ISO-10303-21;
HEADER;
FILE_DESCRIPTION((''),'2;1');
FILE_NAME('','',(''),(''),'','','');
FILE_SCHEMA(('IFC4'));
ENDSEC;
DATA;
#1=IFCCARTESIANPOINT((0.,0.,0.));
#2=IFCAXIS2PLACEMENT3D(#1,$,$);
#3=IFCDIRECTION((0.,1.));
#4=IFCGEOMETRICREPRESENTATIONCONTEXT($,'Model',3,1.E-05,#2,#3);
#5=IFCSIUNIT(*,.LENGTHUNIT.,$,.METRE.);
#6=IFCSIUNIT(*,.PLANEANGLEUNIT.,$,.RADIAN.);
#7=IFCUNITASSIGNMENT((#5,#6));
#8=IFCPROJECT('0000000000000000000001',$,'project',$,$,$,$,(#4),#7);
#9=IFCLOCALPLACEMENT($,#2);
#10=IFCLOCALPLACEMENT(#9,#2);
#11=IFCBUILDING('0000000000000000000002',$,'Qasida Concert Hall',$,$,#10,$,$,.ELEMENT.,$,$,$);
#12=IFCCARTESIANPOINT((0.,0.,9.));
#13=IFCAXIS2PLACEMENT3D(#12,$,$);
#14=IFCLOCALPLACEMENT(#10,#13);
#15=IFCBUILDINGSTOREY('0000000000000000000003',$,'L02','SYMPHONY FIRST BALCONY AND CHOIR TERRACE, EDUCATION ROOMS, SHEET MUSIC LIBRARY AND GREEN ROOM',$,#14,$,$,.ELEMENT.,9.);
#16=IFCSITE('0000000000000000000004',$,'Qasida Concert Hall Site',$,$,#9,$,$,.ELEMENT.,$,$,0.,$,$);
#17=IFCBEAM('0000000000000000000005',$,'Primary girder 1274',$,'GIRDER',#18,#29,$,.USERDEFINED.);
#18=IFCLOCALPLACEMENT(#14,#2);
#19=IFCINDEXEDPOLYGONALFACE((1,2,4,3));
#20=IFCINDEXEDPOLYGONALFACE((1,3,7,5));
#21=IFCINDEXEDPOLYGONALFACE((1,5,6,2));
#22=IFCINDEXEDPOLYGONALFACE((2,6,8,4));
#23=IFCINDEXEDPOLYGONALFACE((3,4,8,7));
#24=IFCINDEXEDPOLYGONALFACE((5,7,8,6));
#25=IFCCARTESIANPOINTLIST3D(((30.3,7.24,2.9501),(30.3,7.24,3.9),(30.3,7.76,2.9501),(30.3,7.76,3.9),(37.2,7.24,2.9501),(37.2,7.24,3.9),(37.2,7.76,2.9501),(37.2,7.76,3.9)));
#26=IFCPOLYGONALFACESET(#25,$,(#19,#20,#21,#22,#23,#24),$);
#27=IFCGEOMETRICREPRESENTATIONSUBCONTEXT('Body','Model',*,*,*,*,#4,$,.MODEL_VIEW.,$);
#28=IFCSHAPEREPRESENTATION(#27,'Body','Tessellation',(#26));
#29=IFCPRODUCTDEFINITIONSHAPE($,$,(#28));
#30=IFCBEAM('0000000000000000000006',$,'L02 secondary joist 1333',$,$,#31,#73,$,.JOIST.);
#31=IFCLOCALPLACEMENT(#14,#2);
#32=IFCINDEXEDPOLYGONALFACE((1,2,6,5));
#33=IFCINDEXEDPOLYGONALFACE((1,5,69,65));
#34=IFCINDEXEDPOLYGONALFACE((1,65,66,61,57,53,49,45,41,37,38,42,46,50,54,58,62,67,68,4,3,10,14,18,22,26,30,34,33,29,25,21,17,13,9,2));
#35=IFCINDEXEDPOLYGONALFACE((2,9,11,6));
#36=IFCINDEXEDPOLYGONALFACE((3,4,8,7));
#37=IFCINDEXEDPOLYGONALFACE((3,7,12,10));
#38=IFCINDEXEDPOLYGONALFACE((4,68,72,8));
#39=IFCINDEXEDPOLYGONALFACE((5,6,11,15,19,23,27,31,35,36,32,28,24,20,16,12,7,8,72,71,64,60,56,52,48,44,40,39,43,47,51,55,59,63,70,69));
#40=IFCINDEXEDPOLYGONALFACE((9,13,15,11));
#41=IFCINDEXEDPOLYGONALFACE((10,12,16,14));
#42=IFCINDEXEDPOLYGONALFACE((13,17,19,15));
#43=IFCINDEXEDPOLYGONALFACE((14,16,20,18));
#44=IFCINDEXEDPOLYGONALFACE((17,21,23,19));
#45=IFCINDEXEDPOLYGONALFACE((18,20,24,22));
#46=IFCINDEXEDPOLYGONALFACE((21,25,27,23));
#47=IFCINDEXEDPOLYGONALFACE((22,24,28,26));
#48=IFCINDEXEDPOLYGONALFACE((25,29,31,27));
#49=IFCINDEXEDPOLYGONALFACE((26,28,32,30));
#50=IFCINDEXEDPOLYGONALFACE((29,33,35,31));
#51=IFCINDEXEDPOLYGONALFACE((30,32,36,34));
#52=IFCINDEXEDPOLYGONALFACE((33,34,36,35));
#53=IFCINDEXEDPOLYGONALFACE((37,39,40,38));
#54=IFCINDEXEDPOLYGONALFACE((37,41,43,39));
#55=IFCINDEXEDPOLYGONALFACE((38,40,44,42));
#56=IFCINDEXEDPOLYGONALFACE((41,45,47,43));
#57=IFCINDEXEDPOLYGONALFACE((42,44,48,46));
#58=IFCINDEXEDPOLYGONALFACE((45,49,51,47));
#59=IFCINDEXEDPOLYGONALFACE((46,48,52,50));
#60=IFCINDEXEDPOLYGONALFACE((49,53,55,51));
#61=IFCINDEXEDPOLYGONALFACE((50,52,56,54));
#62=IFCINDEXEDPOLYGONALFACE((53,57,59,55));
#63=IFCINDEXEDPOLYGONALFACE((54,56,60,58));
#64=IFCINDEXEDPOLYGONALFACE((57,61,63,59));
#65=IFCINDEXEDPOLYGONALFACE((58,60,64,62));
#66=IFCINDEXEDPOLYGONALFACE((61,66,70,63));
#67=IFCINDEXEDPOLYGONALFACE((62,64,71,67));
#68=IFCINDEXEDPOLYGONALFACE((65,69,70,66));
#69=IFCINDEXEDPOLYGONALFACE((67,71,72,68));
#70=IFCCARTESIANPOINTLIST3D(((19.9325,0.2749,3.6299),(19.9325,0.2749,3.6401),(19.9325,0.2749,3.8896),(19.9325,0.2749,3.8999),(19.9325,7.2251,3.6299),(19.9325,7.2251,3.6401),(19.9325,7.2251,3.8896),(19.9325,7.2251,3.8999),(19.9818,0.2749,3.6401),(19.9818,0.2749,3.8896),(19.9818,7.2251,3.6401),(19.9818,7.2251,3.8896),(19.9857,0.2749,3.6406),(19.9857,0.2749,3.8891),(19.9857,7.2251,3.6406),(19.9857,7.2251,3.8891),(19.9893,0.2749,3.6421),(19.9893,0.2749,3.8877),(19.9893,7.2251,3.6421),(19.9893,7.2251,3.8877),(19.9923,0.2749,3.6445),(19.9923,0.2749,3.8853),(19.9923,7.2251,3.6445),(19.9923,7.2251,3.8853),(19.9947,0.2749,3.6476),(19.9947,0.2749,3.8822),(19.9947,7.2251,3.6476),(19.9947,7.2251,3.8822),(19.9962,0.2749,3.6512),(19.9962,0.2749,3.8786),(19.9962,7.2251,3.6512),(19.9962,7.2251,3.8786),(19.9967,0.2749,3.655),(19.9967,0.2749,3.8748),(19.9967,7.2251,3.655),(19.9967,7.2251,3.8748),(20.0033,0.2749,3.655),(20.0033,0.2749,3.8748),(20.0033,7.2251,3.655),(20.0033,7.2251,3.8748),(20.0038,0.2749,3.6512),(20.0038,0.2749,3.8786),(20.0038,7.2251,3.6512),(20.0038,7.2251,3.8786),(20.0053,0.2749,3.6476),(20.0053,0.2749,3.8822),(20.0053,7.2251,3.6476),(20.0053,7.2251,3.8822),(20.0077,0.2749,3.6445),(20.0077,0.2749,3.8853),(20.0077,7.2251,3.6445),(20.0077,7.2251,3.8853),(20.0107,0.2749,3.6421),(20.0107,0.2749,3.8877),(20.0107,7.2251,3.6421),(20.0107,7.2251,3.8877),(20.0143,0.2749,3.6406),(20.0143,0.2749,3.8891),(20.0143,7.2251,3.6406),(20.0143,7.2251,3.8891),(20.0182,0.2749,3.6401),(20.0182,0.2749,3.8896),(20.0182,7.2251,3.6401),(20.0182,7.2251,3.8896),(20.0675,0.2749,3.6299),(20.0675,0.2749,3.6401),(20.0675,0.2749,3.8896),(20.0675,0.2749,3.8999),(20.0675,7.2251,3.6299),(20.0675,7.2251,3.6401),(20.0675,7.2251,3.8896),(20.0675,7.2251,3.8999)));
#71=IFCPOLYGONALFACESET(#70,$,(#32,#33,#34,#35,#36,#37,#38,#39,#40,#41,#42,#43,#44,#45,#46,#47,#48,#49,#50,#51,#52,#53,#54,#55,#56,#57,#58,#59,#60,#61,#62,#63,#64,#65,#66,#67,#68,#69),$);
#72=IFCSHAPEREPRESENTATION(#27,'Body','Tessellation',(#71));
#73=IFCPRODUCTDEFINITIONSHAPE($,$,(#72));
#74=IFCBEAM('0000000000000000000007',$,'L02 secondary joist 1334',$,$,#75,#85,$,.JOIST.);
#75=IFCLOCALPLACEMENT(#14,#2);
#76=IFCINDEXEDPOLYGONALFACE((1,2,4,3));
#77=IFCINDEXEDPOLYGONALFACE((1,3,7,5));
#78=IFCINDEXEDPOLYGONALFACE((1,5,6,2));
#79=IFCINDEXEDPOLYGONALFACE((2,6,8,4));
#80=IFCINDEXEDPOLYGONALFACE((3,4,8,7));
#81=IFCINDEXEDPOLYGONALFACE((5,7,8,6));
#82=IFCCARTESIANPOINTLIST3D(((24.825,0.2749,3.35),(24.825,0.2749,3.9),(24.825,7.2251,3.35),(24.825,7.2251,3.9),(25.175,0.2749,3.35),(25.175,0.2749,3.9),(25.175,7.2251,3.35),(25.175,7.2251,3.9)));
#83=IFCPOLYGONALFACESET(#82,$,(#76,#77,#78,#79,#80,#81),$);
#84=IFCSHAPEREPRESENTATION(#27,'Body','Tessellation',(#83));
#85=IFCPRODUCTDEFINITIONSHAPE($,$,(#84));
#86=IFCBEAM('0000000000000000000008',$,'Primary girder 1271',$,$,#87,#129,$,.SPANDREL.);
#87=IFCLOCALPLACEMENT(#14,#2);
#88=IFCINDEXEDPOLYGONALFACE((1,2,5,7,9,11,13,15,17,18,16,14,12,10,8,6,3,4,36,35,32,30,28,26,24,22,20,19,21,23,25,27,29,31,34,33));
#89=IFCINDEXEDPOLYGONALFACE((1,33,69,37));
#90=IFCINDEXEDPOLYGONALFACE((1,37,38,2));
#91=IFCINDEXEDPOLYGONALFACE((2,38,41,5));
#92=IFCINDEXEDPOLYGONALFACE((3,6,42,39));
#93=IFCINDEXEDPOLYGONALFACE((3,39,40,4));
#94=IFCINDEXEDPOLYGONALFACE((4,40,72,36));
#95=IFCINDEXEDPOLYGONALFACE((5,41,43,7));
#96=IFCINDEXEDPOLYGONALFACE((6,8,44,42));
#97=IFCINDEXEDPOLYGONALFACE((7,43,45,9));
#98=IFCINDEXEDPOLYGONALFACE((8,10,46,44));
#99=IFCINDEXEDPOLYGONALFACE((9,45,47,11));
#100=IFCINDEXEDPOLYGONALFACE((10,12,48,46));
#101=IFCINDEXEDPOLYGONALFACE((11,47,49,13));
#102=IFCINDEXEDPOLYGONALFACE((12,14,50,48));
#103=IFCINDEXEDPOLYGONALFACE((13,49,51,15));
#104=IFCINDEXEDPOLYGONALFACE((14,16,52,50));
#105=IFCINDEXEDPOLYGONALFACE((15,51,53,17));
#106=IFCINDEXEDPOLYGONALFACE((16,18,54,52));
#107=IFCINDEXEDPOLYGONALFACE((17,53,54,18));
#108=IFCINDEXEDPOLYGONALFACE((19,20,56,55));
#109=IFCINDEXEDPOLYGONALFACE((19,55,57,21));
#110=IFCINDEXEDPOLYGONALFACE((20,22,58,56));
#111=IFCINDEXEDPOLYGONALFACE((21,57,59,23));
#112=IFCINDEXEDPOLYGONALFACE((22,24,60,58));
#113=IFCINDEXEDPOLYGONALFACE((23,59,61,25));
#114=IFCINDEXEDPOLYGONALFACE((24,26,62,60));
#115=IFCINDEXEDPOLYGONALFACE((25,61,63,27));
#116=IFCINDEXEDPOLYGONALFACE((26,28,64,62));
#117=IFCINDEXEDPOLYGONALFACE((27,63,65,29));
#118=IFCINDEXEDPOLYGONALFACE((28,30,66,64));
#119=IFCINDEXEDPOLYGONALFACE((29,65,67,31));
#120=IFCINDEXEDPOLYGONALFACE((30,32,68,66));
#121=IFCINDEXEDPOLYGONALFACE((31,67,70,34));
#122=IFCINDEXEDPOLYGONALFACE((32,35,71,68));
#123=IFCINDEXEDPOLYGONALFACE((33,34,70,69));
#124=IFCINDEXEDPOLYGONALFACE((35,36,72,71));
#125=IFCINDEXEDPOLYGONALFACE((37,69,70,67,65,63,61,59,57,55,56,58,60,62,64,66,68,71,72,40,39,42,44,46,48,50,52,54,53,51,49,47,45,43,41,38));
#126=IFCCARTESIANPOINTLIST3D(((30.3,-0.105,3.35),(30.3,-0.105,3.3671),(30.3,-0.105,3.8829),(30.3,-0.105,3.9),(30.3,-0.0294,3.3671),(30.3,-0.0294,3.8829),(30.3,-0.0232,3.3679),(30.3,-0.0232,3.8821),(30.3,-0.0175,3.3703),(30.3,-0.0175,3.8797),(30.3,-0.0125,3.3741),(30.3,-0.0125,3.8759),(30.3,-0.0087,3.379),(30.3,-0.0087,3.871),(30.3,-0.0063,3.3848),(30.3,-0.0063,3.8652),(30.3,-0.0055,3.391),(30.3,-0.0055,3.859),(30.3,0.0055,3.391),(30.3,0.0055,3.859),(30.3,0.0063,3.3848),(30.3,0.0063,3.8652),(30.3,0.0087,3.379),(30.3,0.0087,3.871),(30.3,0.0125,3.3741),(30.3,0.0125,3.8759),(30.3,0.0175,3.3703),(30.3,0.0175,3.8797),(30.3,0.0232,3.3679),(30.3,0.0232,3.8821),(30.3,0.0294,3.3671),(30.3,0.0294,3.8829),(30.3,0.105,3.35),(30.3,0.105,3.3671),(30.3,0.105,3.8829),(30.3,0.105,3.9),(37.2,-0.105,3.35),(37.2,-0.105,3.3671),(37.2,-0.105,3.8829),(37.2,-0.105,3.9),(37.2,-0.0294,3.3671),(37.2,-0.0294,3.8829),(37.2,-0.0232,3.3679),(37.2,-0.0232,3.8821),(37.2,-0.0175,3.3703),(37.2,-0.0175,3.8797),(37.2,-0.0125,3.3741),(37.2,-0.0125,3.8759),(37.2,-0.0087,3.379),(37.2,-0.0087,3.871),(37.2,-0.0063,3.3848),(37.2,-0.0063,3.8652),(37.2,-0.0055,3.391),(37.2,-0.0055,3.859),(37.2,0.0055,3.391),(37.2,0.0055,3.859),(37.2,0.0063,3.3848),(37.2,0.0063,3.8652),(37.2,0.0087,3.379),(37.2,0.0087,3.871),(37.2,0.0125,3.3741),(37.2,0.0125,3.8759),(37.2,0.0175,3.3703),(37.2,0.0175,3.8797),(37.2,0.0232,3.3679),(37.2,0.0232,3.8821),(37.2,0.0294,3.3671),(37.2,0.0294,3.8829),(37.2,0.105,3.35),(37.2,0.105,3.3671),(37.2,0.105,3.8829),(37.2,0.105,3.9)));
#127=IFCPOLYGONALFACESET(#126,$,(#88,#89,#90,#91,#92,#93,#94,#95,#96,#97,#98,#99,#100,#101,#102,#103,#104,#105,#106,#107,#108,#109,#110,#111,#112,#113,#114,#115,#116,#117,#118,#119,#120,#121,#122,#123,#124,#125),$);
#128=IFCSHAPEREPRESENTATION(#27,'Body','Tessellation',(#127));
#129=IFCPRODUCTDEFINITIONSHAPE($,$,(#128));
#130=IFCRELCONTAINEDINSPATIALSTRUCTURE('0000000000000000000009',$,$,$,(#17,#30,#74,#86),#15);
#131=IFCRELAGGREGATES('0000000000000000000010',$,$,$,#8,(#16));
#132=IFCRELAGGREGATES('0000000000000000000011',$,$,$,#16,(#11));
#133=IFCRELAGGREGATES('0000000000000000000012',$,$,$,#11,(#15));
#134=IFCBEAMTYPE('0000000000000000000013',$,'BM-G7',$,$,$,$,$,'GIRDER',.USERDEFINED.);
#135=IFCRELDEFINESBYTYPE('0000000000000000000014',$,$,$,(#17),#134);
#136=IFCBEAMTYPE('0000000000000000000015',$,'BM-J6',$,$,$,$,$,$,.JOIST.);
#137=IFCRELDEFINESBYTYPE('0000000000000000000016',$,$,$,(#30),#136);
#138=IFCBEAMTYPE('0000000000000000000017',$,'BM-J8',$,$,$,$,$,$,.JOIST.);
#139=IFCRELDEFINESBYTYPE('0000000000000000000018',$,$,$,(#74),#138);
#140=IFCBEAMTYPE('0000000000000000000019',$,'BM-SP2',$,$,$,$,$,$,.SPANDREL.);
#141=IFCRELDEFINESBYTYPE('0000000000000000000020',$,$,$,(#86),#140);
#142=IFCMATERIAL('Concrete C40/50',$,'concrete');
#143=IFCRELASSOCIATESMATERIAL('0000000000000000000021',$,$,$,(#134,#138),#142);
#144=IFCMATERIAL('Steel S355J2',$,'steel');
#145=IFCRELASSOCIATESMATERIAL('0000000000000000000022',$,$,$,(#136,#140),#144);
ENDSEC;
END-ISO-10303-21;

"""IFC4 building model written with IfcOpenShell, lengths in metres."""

from ifc_helpers import new_model, si_unit, direction, frame, origin, origin_2d, place, context, subcontext, project, spatial, rectangle, i_section, extrude, material, material_profile, profile_set, type_object, element, save


model = new_model("IFC4")

# Units and contexts
model_context = context("Model", 3, precision=1e-05, world=origin(), true_north=direction((0.0, 1.0)))
body_context = subcontext(model_context, "Body", "Model", "MODEL_VIEW")
ifc_project = project(units=[si_unit("LENGTHUNIT", "METRE"), si_unit("PLANEANGLEUNIT", "RADIAN")], contexts=[model_context])

# Site, building, storey
site_placement = place(None, origin())
site = spatial("IfcSite", under=ifc_project, at=site_placement, Name="Qasida Concert Hall Site", CompositionType="ELEMENT", RefElevation=0.0)
building_placement = place(site_placement, origin())
building = spatial("IfcBuilding", under=site, at=building_placement, Name="Qasida Concert Hall", CompositionType="ELEMENT")
storey_placement = place(building_placement, frame((0.0, 0.0, 9.0)))
storey = spatial("IfcBuildingStorey", under=building, at=storey_placement, Name="L02", Description="SYMPHONY FIRST BALCONY AND CHOIR TERRACE, EDUCATION ROOMS, SHEET MUSIC LIBRARY AND GREEN ROOM", CompositionType="ELEMENT", Elevation=9.0)

# Beams
ifc_material_1 = material(Name="Concrete C40/50", Category="concrete")
ifc_material_2 = material(Name="Steel S355J2", Category="steel")
ifc_material_profile_1 = material_profile(ifc_material_1, rectangle(XDim=0.52, YDim=0.95, at=origin_2d()), Name="RC 520x950")
ifc_profile_set_1 = profile_set([ifc_material_profile_1], Name="Concrete C40/50")
beam_type_1 = type_object("IfcBeamType", Name="BM-G7", ElementType="GIRDER", PredefinedType="USERDEFINED", material=ifc_profile_set_1)
beam_1_placement = place(storey_placement, frame((30.3, 7.5, 3.425), z_axis=(1.0, 0.0, 0.0), x_axis=(0.0, 1.0, 0.0)))
element("IfcBeam", 1, at=beam_1_placement, inside=storey, type_object=beam_type_1, Name="Primary girder 1274", ObjectType="GIRDER", PredefinedType="USERDEFINED", context=body_context, shape_type="SweptSolid", body=[
    extrude(rectangle(XDim=0.52, YDim=0.95, at=origin_2d()), origin(), (0.0, 0.0, 1.0), 6.8999),
])
ifc_material_profile_2 = material_profile(ifc_material_2, i_section(OverallWidth=0.135, OverallDepth=0.27, WebThickness=0.0066, FlangeThickness=0.0103, FilletRadius=0.0149, at=origin_2d()), Name="IPE 270")
ifc_profile_set_2 = profile_set([ifc_material_profile_2], Name="Steel S355J2")
beam_type_2 = type_object("IfcBeamType", Name="BM-J6", PredefinedType="JOIST", material=ifc_profile_set_2)
beam_2_placement = place(storey_placement, frame((20.0, 0.2749, 3.7649), z_axis=(0.0, 1.0, 0.0), x_axis=(-1.0, 0.0, 0.0)))
element("IfcBeam", 2, at=beam_2_placement, inside=storey, type_object=beam_type_2, Name="L02 secondary joist 1333", PredefinedType="JOIST", context=body_context, shape_type="SweptSolid", body=[
    extrude(i_section(OverallWidth=0.135, OverallDepth=0.27, WebThickness=0.0066, FlangeThickness=0.0103, FilletRadius=0.0149, at=origin_2d()), origin(), (0.0, 0.0, 1.0), 6.9502),
])
ifc_material_profile_3 = material_profile(ifc_material_1, rectangle(XDim=0.3501, YDim=0.55, at=origin_2d()), Name="RC 350x550")
ifc_profile_set_3 = profile_set([ifc_material_profile_3], Name="Concrete C40/50")
beam_type_3 = type_object("IfcBeamType", Name="BM-J8", PredefinedType="JOIST", material=ifc_profile_set_3)
beam_3_placement = place(storey_placement, frame((25.0, 0.2749, 3.625), z_axis=(0.0, 1.0, 0.0), x_axis=(-1.0, 0.0, 0.0)))
element("IfcBeam", 3, at=beam_3_placement, inside=storey, type_object=beam_type_3, Name="L02 secondary joist 1334", PredefinedType="JOIST", context=body_context, shape_type="SweptSolid", body=[
    extrude(rectangle(XDim=0.3501, YDim=0.55, at=origin_2d()), origin(), (0.0, 0.0, 1.0), 6.9502),
])
ifc_material_profile_4 = material_profile(ifc_material_2, i_section(OverallWidth=0.21, OverallDepth=0.55, WebThickness=0.011, FlangeThickness=0.0171, FilletRadius=0.0239, at=origin_2d()), Name="IPE 550")
ifc_profile_set_4 = profile_set([ifc_material_profile_4], Name="Steel S355J2")
beam_type_4 = type_object("IfcBeamType", Name="BM-SP2", PredefinedType="SPANDREL", material=ifc_profile_set_4)
beam_4_placement = place(storey_placement, frame((30.3, 0.0, 3.625), z_axis=(1.0, 0.0, 0.0), x_axis=(0.0, 1.0, 0.0)))
element("IfcBeam", 4, at=beam_4_placement, inside=storey, type_object=beam_type_4, Name="Primary girder 1271", PredefinedType="SPANDREL", context=body_context, shape_type="SweptSolid", body=[
    extrude(i_section(OverallWidth=0.21, OverallDepth=0.55, WebThickness=0.011, FlangeThickness=0.0171, FilletRadius=0.0239, at=origin_2d()), origin(), (0.0, 0.0, 1.0), 6.8999),
])

save(model, "model.ifc")
